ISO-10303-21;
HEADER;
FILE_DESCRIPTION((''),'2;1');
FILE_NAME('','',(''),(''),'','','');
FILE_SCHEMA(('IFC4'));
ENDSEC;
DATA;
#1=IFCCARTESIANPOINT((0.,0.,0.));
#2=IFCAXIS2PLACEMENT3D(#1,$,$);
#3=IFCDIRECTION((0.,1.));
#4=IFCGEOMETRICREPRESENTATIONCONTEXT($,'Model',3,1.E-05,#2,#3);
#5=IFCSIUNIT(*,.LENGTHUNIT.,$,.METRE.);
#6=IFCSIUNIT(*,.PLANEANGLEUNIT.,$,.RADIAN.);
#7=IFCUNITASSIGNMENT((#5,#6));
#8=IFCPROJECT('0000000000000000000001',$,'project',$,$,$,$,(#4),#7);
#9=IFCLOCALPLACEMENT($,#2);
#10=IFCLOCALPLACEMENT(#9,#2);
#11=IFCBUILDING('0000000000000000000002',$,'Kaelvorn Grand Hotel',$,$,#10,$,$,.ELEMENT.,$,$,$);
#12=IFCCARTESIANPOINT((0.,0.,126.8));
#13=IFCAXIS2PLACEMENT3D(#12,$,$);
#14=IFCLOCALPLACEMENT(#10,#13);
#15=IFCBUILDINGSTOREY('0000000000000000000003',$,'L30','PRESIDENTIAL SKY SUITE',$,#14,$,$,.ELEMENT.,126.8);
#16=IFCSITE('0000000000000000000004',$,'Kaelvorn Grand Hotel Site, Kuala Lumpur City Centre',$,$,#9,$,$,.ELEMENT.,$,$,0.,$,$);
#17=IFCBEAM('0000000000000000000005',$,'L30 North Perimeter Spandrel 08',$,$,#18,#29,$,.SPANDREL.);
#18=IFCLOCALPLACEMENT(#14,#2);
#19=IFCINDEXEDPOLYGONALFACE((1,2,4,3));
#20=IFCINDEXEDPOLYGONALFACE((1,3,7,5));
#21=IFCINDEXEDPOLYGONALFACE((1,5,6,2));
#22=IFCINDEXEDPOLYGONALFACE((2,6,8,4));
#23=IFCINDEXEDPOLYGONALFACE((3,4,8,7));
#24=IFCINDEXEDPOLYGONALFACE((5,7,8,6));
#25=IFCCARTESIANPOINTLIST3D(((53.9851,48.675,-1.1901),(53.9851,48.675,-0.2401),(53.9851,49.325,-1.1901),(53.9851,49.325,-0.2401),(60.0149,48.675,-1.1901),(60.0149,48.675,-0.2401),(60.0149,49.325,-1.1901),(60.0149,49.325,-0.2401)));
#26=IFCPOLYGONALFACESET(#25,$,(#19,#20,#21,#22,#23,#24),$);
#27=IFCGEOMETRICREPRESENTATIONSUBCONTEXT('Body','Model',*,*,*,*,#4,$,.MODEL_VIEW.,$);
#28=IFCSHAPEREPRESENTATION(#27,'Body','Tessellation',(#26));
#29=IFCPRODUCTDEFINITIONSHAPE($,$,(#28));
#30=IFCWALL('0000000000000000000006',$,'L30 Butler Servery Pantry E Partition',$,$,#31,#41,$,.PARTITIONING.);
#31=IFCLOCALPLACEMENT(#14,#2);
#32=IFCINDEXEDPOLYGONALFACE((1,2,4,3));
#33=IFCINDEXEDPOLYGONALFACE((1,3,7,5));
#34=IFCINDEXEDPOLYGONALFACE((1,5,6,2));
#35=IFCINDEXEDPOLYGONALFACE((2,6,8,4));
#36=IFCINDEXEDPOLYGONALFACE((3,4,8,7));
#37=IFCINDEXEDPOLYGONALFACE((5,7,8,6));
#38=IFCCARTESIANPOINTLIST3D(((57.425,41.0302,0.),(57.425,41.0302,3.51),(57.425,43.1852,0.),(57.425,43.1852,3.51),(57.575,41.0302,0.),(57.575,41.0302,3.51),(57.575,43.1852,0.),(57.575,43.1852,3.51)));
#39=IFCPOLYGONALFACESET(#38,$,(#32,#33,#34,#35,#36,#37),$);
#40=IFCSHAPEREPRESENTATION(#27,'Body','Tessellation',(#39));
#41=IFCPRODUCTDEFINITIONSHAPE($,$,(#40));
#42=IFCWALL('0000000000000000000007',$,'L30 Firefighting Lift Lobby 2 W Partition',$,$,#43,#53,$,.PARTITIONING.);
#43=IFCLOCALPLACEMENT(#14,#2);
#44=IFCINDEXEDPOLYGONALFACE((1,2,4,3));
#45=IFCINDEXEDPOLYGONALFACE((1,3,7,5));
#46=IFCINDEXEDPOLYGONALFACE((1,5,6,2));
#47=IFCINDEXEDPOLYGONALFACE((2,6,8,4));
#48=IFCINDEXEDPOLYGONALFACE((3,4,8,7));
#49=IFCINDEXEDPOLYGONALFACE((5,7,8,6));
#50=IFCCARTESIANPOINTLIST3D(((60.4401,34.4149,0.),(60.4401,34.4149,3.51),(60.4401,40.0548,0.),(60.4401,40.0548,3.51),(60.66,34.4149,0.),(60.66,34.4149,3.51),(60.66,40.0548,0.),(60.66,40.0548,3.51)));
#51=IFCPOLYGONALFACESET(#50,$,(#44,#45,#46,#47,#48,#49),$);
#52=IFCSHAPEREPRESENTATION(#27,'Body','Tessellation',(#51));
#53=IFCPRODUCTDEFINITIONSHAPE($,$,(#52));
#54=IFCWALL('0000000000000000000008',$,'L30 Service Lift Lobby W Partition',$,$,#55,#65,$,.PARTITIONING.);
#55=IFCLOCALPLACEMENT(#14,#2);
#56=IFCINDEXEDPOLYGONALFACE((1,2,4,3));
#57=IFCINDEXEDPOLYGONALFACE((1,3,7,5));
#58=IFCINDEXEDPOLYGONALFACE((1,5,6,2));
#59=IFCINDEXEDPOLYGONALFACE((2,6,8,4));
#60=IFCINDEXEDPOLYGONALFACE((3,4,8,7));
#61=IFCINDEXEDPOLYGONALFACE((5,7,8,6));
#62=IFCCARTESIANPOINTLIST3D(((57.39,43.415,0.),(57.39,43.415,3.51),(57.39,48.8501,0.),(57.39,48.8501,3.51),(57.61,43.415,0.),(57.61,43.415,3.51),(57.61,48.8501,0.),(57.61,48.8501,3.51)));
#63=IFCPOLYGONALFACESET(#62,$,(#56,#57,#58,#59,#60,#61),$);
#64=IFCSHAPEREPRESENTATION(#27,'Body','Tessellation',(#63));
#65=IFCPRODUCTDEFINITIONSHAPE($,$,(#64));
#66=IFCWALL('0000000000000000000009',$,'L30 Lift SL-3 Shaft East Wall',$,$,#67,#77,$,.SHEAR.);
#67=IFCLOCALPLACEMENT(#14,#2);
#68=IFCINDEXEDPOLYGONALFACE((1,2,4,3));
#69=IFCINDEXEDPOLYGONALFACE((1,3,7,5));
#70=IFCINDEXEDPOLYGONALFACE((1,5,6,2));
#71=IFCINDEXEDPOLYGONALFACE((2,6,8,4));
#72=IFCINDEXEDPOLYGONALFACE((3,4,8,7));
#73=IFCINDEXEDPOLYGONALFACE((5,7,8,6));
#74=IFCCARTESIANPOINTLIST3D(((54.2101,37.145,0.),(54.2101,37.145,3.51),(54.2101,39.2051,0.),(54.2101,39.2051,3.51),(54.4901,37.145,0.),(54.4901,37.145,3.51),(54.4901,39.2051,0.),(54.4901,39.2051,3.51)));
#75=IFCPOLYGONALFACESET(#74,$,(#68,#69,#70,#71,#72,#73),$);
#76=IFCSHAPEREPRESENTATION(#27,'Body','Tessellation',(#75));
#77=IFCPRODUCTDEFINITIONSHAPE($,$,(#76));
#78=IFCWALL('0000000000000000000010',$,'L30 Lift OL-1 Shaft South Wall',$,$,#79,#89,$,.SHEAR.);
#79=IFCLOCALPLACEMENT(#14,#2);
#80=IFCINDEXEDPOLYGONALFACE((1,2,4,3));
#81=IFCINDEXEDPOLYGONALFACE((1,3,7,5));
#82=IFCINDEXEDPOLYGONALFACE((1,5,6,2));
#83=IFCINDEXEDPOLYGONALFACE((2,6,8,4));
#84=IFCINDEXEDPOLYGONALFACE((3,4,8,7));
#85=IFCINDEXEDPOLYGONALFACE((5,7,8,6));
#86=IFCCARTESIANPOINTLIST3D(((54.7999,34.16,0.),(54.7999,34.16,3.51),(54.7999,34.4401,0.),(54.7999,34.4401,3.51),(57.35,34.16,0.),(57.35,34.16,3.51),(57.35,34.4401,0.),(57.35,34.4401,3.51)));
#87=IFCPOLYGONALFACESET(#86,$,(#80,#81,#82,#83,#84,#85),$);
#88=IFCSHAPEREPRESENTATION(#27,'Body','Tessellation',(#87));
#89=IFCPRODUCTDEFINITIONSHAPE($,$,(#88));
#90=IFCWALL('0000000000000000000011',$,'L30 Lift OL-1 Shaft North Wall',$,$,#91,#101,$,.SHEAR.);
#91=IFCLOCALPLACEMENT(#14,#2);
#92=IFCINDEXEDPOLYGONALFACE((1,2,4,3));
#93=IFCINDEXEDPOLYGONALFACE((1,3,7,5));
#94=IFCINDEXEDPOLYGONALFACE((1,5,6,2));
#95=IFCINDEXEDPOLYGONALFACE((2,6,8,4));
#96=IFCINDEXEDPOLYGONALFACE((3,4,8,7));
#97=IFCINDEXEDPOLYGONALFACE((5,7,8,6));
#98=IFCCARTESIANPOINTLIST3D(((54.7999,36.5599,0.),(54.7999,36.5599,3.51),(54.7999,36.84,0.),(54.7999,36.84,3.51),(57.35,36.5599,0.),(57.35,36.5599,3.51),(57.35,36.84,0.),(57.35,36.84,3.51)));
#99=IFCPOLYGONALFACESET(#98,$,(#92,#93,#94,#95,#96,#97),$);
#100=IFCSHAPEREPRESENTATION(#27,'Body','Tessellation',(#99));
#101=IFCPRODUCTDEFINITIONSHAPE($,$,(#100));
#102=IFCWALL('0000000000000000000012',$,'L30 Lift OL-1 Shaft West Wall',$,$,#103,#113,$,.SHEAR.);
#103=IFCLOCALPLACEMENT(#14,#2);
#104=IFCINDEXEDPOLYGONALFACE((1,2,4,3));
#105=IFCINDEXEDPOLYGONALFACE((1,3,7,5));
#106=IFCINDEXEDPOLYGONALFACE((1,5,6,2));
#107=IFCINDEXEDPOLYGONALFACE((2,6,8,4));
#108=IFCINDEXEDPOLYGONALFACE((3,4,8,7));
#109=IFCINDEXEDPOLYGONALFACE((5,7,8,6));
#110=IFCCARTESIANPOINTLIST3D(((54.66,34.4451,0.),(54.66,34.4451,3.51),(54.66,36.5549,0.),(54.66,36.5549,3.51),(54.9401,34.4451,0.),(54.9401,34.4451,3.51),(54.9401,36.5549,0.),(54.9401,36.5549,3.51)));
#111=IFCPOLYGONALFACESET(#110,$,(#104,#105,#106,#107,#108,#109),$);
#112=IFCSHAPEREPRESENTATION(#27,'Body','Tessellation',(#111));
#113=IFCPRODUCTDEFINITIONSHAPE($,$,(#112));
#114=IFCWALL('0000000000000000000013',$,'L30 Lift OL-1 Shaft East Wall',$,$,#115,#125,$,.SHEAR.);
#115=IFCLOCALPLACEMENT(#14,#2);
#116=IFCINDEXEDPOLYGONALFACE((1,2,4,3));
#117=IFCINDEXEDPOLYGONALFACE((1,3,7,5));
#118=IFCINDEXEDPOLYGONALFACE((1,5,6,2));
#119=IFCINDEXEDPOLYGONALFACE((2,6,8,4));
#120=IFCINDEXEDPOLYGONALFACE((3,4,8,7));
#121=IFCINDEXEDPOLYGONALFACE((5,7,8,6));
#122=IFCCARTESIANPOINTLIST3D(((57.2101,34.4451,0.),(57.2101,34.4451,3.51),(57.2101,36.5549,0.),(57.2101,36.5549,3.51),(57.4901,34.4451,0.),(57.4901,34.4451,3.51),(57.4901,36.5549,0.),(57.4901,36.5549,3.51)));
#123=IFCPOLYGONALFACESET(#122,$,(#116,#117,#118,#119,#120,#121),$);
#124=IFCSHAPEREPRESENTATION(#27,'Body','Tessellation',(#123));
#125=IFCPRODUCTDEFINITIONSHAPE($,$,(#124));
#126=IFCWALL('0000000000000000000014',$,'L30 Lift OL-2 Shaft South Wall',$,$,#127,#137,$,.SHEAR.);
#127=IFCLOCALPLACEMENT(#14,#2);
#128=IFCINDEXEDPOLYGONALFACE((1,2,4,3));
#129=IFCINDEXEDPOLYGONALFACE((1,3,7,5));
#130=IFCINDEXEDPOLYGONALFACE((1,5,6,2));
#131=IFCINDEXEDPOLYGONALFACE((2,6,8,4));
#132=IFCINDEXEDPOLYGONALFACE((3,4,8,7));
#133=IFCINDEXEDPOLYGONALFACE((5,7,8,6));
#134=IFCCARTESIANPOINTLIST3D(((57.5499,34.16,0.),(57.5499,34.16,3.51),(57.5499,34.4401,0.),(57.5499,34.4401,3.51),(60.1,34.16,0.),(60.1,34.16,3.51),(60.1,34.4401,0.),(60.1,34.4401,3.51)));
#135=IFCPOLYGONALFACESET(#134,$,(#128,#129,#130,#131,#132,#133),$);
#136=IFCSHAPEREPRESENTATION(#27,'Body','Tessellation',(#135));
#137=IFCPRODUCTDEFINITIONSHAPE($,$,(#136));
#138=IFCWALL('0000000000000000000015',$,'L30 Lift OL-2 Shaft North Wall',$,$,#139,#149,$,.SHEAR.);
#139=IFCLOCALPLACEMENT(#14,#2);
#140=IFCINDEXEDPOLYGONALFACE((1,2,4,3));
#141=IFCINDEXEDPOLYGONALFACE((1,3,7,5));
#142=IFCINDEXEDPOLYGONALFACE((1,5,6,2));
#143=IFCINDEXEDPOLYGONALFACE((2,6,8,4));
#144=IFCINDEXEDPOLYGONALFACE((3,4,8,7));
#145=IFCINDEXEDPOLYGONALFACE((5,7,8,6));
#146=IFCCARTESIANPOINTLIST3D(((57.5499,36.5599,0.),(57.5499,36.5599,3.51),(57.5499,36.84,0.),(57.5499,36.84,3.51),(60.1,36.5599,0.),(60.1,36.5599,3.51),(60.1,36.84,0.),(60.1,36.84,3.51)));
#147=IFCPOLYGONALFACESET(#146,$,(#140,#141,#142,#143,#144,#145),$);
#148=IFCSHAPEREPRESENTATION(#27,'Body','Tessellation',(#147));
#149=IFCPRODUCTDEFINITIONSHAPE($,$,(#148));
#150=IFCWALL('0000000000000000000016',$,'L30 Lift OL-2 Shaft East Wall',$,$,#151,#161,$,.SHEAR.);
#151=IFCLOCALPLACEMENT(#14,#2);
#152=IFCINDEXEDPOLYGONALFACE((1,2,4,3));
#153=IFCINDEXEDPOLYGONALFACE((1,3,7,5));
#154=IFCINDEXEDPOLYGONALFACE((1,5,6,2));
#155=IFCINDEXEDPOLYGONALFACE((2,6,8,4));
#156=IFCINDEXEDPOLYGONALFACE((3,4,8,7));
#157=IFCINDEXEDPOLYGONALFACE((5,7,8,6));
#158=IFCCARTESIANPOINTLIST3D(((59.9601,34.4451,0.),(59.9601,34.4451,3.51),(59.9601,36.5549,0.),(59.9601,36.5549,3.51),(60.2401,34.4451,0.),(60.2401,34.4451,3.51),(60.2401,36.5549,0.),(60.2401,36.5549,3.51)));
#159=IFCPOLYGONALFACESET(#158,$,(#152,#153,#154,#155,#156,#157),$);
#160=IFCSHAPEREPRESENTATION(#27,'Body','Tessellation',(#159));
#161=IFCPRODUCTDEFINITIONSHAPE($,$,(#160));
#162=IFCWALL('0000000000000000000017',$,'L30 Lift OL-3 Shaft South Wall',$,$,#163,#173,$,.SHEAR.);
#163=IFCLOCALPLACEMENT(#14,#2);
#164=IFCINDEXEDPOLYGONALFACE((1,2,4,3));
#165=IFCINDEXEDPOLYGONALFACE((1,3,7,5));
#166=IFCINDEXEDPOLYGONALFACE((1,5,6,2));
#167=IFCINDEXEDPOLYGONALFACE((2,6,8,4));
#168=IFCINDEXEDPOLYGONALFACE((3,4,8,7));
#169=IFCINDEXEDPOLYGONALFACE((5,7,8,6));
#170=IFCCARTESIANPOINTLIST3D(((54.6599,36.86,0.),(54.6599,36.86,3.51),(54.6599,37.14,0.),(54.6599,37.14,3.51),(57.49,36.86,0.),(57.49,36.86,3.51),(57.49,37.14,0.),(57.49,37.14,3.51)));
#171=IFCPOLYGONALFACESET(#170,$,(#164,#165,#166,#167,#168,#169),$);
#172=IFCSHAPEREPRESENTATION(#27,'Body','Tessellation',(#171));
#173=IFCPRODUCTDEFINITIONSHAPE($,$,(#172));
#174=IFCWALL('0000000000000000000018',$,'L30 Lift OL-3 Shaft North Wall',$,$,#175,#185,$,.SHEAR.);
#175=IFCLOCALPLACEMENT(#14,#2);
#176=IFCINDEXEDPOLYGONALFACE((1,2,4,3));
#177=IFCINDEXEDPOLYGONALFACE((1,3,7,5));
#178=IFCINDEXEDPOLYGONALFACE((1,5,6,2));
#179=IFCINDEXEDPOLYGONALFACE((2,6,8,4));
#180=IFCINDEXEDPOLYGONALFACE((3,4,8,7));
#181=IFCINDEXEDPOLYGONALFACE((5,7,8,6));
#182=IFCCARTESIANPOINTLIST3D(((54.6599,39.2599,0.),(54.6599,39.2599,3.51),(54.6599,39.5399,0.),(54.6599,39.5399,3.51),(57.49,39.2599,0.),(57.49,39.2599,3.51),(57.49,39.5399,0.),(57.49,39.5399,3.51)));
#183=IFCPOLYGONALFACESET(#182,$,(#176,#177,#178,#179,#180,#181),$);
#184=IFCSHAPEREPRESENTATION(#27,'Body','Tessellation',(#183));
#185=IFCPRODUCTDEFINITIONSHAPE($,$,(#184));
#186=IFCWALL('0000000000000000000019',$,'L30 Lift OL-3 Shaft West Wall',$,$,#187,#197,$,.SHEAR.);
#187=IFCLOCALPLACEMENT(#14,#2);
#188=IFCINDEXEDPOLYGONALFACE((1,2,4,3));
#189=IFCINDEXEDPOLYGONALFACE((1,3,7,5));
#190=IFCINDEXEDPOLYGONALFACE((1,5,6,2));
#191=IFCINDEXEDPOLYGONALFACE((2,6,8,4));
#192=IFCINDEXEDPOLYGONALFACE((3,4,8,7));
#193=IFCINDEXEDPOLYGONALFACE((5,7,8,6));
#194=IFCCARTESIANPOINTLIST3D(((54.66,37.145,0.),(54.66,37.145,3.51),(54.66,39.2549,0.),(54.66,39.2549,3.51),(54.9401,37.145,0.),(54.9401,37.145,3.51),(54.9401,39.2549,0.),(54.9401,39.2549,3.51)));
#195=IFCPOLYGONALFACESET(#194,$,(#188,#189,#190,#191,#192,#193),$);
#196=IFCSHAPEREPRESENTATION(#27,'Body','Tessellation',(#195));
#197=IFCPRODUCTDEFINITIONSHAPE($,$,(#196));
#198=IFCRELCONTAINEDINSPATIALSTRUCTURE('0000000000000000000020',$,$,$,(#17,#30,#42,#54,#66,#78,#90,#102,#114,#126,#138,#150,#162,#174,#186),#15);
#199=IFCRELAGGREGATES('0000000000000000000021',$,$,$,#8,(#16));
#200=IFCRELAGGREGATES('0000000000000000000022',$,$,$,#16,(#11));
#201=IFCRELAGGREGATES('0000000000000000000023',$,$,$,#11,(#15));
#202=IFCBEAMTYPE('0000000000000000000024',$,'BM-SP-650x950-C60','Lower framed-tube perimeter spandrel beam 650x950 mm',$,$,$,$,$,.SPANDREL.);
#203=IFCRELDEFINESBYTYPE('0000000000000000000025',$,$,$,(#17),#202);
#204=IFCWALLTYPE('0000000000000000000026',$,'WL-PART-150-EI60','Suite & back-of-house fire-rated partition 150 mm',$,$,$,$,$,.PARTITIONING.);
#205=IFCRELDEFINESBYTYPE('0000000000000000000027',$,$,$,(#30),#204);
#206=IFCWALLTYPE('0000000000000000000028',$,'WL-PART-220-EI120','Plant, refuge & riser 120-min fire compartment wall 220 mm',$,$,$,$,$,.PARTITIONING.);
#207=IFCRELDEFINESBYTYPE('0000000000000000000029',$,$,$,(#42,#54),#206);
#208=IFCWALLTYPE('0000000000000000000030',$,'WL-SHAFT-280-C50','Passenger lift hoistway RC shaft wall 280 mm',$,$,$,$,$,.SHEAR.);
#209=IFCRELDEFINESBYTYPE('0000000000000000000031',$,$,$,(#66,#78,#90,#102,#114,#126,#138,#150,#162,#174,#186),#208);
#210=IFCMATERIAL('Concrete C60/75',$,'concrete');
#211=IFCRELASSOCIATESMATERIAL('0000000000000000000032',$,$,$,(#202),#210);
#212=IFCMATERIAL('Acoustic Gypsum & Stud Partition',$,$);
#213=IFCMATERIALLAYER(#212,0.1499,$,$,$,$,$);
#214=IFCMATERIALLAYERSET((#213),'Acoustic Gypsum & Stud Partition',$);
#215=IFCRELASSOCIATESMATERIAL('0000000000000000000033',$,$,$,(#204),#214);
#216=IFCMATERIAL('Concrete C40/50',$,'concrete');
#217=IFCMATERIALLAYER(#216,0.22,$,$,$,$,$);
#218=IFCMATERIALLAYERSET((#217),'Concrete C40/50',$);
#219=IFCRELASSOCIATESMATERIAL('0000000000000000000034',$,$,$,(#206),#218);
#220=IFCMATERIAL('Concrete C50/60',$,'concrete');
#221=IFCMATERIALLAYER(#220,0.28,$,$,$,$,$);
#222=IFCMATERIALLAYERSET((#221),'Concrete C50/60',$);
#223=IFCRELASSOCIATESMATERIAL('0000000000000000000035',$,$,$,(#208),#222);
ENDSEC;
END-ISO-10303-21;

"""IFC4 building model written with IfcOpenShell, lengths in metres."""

from ifc_helpers import new_model, si_unit, direction, frame, frame_2d, origin, origin_2d, place, context, subcontext, project, spatial, rectangle, extrude, material, layer, layer_set, material_profile, profile_set, type_object, element, save


model = new_model("IFC4")

# Units and contexts
model_context = context("Model", 3, precision=1e-05, world=origin(), true_north=direction((0.0, 1.0)))
body_context = subcontext(model_context, "Body", "Model", "MODEL_VIEW")
ifc_project = project(units=[si_unit("LENGTHUNIT", "METRE"), si_unit("PLANEANGLEUNIT", "RADIAN")], contexts=[model_context])

# Site, building, storey
site_placement = place(None, origin())
site = spatial("IfcSite", under=ifc_project, at=site_placement, Name="Kaelvorn Grand Hotel Site, Kuala Lumpur City Centre", CompositionType="ELEMENT", RefElevation=0.0)
building_placement = place(site_placement, origin())
building = spatial("IfcBuilding", under=site, at=building_placement, Name="Kaelvorn Grand Hotel", CompositionType="ELEMENT")
storey_placement = place(building_placement, frame((0.0, 0.0, 126.8)))
storey = spatial("IfcBuildingStorey", under=building, at=storey_placement, Name="L30", Description="PRESIDENTIAL SKY SUITE", CompositionType="ELEMENT", Elevation=126.8)

# Beam
ifc_material_1 = material(Name="Concrete C60/75", Category="concrete")
ifc_material_profile = material_profile(ifc_material_1, rectangle(XDim=0.6499, YDim=0.95, at=origin_2d()), Name="RC SPANDREL 650x950")
ifc_profile_set = profile_set([ifc_material_profile], Name="Concrete C60/75")
beam_type = type_object("IfcBeamType", Name="BM-SP-650x950-C60", Description="Lower framed-tube perimeter spandrel beam 650x950 mm", PredefinedType="SPANDREL", material=ifc_profile_set)
beam_placement = place(storey_placement, frame((53.9851, 49.0, -0.7151), z_axis=(1.0, 0.0, 0.0), x_axis=(0.0, 1.0, 0.0)))
element("IfcBeam", 1, at=beam_placement, inside=storey, type_object=beam_type, Name="L30 North Perimeter Spandrel 08", PredefinedType="SPANDREL", context=body_context, shape_type="SweptSolid", body=[
    extrude(rectangle(XDim=0.6499, YDim=0.95, at=origin_2d()), origin(), (0.0, 0.0, 1.0), 6.0298),
])

# Wall
ifc_material_2 = material(Name="Acoustic Gypsum & Stud Partition")
ifc_layer_1 = layer(ifc_material_2, 0.1499)
ifc_layer_set_1 = layer_set([ifc_layer_1], Name="Acoustic Gypsum & Stud Partition")
wall_type_1 = type_object("IfcWallType", Name="WL-PART-150-EI60", Description="Suite & back-of-house fire-rated partition 150 mm", PredefinedType="PARTITIONING", material=ifc_layer_set_1)
wall_1_placement = place(storey_placement, frame((57.5, 41.03, 0.0), z_axis=(0.0, 0.0, 1.0), x_axis=(0.0, 1.0, 0.0)))
element("IfcWall", 2, at=wall_1_placement, inside=storey, type_object=wall_type_1, Name="L30 Butler Servery Pantry E Partition", PredefinedType="PARTITIONING", context=body_context, shape_type="SweptSolid", body=[
    extrude(rectangle(XDim=2.155, YDim=0.1499, at=frame_2d((1.0776, 0.0))), origin(), (0.0, 0.0, 1.0), 3.51),
])

# Shared definitions
ifc_material_3 = material(Name="Concrete C40/50", Category="concrete")
ifc_layer_2 = layer(ifc_material_3, 0.22)
ifc_layer_set_2 = layer_set([ifc_layer_2], Name="Concrete C40/50")
wall_type_2 = type_object("IfcWallType", Name="WL-PART-220-EI120", Description="Plant, refuge & riser 120-min fire compartment wall 220 mm", PredefinedType="PARTITIONING", material=ifc_layer_set_2)

# Wall
wall_2_placement = place(storey_placement, frame((60.55, 34.415, 0.0), z_axis=(0.0, 0.0, 1.0), x_axis=(0.0, 1.0, 0.0)))
element("IfcWall", 3, at=wall_2_placement, inside=storey, type_object=wall_type_2, Name="L30 Firefighting Lift Lobby 2 W Partition", PredefinedType="PARTITIONING", context=body_context, shape_type="SweptSolid", body=[
    extrude(rectangle(XDim=5.6399, YDim=0.22, at=frame_2d((2.8198, 0.0))), origin(), (0.0, 0.0, 1.0), 3.51),
])

# Walls
wall_3_placement = place(storey_placement, frame((57.5, 43.415, 0.0), z_axis=(0.0, 0.0, 1.0), x_axis=(0.0, 1.0, 0.0)))
element("IfcWall", 4, at=wall_3_placement, inside=storey, type_object=wall_type_2, Name="L30 Service Lift Lobby W Partition", PredefinedType="PARTITIONING", context=body_context, shape_type="SweptSolid", body=[
    extrude(rectangle(XDim=5.4351, YDim=0.22, at=frame_2d((2.7175, 0.0))), origin(), (0.0, 0.0, 1.0), 3.51),
])
ifc_material_4 = material(Name="Concrete C50/60", Category="concrete")
ifc_layer_3 = layer(ifc_material_4, 0.28)
ifc_layer_set_3 = layer_set([ifc_layer_3], Name="Concrete C50/60")
wall_type_3 = type_object("IfcWallType", Name="WL-SHAFT-280-C50", Description="Passenger lift hoistway RC shaft wall 280 mm", PredefinedType="SHEAR", material=ifc_layer_set_3)
wall_4_placement = place(storey_placement, frame((54.3501, 37.145, 0.0), z_axis=(0.0, 0.0, 1.0), x_axis=(0.0, 1.0, 0.0)))
element("IfcWall", 5, at=wall_4_placement, inside=storey, type_object=wall_type_3, Name="L30 Lift SL-3 Shaft East Wall", PredefinedType="SHEAR", context=body_context, shape_type="SweptSolid", body=[
    extrude(rectangle(XDim=2.0601, YDim=0.28, at=frame_2d((1.03, 0.0))), origin(), (0.0, 0.0, 1.0), 3.51),
])
for number, where, z_axis, x_axis, name in (
    (6, (54.8, 34.3, 0.0), (0.0, 0.0, 1.0), (1.0, 0.0, 0.0), "L30 Lift OL-1 Shaft South Wall"),
    (7, (54.8, 36.7, 0.0), (0.0, 0.0, 1.0), (1.0, 0.0, 0.0), "L30 Lift OL-1 Shaft North Wall"),
):
    element("IfcWall", number, at=place(storey_placement, frame(where, z_axis=z_axis, x_axis=x_axis)), inside=storey, type_object=wall_type_3, Name=name, PredefinedType="SHEAR", context=body_context, shape_type="SweptSolid", body=[
        extrude(rectangle(XDim=2.55, YDim=0.28, at=frame_2d((1.2749, 0.0))), origin(), (0.0, 0.0, 1.0), 3.51),
    ])
for number, where, z_axis, x_axis, name in (
    (8, (54.8, 34.4451, 0.0), (0.0, 0.0, 1.0), (0.0, 1.0, 0.0), "L30 Lift OL-1 Shaft West Wall"),
    (9, (57.3501, 34.4451, 0.0), (0.0, 0.0, 1.0), (0.0, 1.0, 0.0), "L30 Lift OL-1 Shaft East Wall"),
):
    element("IfcWall", number, at=place(storey_placement, frame(where, z_axis=z_axis, x_axis=x_axis)), inside=storey, type_object=wall_type_3, Name=name, PredefinedType="SHEAR", context=body_context, shape_type="SweptSolid", body=[
        extrude(rectangle(XDim=2.1099, YDim=0.28, at=frame_2d((1.0549, 0.0))), origin(), (0.0, 0.0, 1.0), 3.51),
    ])
for number, where, z_axis, x_axis, name in (
    (10, (57.55, 34.3, 0.0), (0.0, 0.0, 1.0), (1.0, 0.0, 0.0), "L30 Lift OL-2 Shaft South Wall"),
    (11, (57.55, 36.7, 0.0), (0.0, 0.0, 1.0), (1.0, 0.0, 0.0), "L30 Lift OL-2 Shaft North Wall"),
):
    element("IfcWall", number, at=place(storey_placement, frame(where, z_axis=z_axis, x_axis=x_axis)), inside=storey, type_object=wall_type_3, Name=name, PredefinedType="SHEAR", context=body_context, shape_type="SweptSolid", body=[
        extrude(rectangle(XDim=2.55, YDim=0.28, at=frame_2d((1.2749, 0.0))), origin(), (0.0, 0.0, 1.0), 3.51),
    ])
wall_5_placement = place(storey_placement, frame((60.1001, 34.4451, 0.0), z_axis=(0.0, 0.0, 1.0), x_axis=(0.0, 1.0, 0.0)))
element("IfcWall", 12, at=wall_5_placement, inside=storey, type_object=wall_type_3, Name="L30 Lift OL-2 Shaft East Wall", PredefinedType="SHEAR", context=body_context, shape_type="SweptSolid", body=[
    extrude(rectangle(XDim=2.1099, YDim=0.28, at=frame_2d((1.0549, 0.0))), origin(), (0.0, 0.0, 1.0), 3.51),
])
for number, where, z_axis, x_axis, name in (
    (13, (54.6599, 37.0, 0.0), (0.0, 0.0, 1.0), (1.0, 0.0, 0.0), "L30 Lift OL-3 Shaft South Wall"),
    (14, (54.6599, 39.3999, 0.0), (0.0, 0.0, 1.0), (1.0, 0.0, 0.0), "L30 Lift OL-3 Shaft North Wall"),
):
    element("IfcWall", number, at=place(storey_placement, frame(where, z_axis=z_axis, x_axis=x_axis)), inside=storey, type_object=wall_type_3, Name=name, PredefinedType="SHEAR", context=body_context, shape_type="SweptSolid", body=[
        extrude(rectangle(XDim=2.8301, YDim=0.28, at=frame_2d((1.415, 0.0))), origin(), (0.0, 0.0, 1.0), 3.51),
    ])
for number, where, z_axis, x_axis, name in (
    (15, (54.8, 37.145, 0.0), (0.0, 0.0, 1.0), (0.0, 1.0, 0.0), "L30 Lift OL-3 Shaft West Wall"),
):
    element("IfcWall", number, at=place(storey_placement, frame(where, z_axis=z_axis, x_axis=x_axis)), inside=storey, type_object=wall_type_3, Name=name, PredefinedType="SHEAR", context=body_context, shape_type="SweptSolid", body=[
        extrude(rectangle(XDim=2.1099, YDim=0.28, at=frame_2d((1.0549, 0.0))), origin(), (0.0, 0.0, 1.0), 3.51),
    ])

save(model, "model.ifc")
